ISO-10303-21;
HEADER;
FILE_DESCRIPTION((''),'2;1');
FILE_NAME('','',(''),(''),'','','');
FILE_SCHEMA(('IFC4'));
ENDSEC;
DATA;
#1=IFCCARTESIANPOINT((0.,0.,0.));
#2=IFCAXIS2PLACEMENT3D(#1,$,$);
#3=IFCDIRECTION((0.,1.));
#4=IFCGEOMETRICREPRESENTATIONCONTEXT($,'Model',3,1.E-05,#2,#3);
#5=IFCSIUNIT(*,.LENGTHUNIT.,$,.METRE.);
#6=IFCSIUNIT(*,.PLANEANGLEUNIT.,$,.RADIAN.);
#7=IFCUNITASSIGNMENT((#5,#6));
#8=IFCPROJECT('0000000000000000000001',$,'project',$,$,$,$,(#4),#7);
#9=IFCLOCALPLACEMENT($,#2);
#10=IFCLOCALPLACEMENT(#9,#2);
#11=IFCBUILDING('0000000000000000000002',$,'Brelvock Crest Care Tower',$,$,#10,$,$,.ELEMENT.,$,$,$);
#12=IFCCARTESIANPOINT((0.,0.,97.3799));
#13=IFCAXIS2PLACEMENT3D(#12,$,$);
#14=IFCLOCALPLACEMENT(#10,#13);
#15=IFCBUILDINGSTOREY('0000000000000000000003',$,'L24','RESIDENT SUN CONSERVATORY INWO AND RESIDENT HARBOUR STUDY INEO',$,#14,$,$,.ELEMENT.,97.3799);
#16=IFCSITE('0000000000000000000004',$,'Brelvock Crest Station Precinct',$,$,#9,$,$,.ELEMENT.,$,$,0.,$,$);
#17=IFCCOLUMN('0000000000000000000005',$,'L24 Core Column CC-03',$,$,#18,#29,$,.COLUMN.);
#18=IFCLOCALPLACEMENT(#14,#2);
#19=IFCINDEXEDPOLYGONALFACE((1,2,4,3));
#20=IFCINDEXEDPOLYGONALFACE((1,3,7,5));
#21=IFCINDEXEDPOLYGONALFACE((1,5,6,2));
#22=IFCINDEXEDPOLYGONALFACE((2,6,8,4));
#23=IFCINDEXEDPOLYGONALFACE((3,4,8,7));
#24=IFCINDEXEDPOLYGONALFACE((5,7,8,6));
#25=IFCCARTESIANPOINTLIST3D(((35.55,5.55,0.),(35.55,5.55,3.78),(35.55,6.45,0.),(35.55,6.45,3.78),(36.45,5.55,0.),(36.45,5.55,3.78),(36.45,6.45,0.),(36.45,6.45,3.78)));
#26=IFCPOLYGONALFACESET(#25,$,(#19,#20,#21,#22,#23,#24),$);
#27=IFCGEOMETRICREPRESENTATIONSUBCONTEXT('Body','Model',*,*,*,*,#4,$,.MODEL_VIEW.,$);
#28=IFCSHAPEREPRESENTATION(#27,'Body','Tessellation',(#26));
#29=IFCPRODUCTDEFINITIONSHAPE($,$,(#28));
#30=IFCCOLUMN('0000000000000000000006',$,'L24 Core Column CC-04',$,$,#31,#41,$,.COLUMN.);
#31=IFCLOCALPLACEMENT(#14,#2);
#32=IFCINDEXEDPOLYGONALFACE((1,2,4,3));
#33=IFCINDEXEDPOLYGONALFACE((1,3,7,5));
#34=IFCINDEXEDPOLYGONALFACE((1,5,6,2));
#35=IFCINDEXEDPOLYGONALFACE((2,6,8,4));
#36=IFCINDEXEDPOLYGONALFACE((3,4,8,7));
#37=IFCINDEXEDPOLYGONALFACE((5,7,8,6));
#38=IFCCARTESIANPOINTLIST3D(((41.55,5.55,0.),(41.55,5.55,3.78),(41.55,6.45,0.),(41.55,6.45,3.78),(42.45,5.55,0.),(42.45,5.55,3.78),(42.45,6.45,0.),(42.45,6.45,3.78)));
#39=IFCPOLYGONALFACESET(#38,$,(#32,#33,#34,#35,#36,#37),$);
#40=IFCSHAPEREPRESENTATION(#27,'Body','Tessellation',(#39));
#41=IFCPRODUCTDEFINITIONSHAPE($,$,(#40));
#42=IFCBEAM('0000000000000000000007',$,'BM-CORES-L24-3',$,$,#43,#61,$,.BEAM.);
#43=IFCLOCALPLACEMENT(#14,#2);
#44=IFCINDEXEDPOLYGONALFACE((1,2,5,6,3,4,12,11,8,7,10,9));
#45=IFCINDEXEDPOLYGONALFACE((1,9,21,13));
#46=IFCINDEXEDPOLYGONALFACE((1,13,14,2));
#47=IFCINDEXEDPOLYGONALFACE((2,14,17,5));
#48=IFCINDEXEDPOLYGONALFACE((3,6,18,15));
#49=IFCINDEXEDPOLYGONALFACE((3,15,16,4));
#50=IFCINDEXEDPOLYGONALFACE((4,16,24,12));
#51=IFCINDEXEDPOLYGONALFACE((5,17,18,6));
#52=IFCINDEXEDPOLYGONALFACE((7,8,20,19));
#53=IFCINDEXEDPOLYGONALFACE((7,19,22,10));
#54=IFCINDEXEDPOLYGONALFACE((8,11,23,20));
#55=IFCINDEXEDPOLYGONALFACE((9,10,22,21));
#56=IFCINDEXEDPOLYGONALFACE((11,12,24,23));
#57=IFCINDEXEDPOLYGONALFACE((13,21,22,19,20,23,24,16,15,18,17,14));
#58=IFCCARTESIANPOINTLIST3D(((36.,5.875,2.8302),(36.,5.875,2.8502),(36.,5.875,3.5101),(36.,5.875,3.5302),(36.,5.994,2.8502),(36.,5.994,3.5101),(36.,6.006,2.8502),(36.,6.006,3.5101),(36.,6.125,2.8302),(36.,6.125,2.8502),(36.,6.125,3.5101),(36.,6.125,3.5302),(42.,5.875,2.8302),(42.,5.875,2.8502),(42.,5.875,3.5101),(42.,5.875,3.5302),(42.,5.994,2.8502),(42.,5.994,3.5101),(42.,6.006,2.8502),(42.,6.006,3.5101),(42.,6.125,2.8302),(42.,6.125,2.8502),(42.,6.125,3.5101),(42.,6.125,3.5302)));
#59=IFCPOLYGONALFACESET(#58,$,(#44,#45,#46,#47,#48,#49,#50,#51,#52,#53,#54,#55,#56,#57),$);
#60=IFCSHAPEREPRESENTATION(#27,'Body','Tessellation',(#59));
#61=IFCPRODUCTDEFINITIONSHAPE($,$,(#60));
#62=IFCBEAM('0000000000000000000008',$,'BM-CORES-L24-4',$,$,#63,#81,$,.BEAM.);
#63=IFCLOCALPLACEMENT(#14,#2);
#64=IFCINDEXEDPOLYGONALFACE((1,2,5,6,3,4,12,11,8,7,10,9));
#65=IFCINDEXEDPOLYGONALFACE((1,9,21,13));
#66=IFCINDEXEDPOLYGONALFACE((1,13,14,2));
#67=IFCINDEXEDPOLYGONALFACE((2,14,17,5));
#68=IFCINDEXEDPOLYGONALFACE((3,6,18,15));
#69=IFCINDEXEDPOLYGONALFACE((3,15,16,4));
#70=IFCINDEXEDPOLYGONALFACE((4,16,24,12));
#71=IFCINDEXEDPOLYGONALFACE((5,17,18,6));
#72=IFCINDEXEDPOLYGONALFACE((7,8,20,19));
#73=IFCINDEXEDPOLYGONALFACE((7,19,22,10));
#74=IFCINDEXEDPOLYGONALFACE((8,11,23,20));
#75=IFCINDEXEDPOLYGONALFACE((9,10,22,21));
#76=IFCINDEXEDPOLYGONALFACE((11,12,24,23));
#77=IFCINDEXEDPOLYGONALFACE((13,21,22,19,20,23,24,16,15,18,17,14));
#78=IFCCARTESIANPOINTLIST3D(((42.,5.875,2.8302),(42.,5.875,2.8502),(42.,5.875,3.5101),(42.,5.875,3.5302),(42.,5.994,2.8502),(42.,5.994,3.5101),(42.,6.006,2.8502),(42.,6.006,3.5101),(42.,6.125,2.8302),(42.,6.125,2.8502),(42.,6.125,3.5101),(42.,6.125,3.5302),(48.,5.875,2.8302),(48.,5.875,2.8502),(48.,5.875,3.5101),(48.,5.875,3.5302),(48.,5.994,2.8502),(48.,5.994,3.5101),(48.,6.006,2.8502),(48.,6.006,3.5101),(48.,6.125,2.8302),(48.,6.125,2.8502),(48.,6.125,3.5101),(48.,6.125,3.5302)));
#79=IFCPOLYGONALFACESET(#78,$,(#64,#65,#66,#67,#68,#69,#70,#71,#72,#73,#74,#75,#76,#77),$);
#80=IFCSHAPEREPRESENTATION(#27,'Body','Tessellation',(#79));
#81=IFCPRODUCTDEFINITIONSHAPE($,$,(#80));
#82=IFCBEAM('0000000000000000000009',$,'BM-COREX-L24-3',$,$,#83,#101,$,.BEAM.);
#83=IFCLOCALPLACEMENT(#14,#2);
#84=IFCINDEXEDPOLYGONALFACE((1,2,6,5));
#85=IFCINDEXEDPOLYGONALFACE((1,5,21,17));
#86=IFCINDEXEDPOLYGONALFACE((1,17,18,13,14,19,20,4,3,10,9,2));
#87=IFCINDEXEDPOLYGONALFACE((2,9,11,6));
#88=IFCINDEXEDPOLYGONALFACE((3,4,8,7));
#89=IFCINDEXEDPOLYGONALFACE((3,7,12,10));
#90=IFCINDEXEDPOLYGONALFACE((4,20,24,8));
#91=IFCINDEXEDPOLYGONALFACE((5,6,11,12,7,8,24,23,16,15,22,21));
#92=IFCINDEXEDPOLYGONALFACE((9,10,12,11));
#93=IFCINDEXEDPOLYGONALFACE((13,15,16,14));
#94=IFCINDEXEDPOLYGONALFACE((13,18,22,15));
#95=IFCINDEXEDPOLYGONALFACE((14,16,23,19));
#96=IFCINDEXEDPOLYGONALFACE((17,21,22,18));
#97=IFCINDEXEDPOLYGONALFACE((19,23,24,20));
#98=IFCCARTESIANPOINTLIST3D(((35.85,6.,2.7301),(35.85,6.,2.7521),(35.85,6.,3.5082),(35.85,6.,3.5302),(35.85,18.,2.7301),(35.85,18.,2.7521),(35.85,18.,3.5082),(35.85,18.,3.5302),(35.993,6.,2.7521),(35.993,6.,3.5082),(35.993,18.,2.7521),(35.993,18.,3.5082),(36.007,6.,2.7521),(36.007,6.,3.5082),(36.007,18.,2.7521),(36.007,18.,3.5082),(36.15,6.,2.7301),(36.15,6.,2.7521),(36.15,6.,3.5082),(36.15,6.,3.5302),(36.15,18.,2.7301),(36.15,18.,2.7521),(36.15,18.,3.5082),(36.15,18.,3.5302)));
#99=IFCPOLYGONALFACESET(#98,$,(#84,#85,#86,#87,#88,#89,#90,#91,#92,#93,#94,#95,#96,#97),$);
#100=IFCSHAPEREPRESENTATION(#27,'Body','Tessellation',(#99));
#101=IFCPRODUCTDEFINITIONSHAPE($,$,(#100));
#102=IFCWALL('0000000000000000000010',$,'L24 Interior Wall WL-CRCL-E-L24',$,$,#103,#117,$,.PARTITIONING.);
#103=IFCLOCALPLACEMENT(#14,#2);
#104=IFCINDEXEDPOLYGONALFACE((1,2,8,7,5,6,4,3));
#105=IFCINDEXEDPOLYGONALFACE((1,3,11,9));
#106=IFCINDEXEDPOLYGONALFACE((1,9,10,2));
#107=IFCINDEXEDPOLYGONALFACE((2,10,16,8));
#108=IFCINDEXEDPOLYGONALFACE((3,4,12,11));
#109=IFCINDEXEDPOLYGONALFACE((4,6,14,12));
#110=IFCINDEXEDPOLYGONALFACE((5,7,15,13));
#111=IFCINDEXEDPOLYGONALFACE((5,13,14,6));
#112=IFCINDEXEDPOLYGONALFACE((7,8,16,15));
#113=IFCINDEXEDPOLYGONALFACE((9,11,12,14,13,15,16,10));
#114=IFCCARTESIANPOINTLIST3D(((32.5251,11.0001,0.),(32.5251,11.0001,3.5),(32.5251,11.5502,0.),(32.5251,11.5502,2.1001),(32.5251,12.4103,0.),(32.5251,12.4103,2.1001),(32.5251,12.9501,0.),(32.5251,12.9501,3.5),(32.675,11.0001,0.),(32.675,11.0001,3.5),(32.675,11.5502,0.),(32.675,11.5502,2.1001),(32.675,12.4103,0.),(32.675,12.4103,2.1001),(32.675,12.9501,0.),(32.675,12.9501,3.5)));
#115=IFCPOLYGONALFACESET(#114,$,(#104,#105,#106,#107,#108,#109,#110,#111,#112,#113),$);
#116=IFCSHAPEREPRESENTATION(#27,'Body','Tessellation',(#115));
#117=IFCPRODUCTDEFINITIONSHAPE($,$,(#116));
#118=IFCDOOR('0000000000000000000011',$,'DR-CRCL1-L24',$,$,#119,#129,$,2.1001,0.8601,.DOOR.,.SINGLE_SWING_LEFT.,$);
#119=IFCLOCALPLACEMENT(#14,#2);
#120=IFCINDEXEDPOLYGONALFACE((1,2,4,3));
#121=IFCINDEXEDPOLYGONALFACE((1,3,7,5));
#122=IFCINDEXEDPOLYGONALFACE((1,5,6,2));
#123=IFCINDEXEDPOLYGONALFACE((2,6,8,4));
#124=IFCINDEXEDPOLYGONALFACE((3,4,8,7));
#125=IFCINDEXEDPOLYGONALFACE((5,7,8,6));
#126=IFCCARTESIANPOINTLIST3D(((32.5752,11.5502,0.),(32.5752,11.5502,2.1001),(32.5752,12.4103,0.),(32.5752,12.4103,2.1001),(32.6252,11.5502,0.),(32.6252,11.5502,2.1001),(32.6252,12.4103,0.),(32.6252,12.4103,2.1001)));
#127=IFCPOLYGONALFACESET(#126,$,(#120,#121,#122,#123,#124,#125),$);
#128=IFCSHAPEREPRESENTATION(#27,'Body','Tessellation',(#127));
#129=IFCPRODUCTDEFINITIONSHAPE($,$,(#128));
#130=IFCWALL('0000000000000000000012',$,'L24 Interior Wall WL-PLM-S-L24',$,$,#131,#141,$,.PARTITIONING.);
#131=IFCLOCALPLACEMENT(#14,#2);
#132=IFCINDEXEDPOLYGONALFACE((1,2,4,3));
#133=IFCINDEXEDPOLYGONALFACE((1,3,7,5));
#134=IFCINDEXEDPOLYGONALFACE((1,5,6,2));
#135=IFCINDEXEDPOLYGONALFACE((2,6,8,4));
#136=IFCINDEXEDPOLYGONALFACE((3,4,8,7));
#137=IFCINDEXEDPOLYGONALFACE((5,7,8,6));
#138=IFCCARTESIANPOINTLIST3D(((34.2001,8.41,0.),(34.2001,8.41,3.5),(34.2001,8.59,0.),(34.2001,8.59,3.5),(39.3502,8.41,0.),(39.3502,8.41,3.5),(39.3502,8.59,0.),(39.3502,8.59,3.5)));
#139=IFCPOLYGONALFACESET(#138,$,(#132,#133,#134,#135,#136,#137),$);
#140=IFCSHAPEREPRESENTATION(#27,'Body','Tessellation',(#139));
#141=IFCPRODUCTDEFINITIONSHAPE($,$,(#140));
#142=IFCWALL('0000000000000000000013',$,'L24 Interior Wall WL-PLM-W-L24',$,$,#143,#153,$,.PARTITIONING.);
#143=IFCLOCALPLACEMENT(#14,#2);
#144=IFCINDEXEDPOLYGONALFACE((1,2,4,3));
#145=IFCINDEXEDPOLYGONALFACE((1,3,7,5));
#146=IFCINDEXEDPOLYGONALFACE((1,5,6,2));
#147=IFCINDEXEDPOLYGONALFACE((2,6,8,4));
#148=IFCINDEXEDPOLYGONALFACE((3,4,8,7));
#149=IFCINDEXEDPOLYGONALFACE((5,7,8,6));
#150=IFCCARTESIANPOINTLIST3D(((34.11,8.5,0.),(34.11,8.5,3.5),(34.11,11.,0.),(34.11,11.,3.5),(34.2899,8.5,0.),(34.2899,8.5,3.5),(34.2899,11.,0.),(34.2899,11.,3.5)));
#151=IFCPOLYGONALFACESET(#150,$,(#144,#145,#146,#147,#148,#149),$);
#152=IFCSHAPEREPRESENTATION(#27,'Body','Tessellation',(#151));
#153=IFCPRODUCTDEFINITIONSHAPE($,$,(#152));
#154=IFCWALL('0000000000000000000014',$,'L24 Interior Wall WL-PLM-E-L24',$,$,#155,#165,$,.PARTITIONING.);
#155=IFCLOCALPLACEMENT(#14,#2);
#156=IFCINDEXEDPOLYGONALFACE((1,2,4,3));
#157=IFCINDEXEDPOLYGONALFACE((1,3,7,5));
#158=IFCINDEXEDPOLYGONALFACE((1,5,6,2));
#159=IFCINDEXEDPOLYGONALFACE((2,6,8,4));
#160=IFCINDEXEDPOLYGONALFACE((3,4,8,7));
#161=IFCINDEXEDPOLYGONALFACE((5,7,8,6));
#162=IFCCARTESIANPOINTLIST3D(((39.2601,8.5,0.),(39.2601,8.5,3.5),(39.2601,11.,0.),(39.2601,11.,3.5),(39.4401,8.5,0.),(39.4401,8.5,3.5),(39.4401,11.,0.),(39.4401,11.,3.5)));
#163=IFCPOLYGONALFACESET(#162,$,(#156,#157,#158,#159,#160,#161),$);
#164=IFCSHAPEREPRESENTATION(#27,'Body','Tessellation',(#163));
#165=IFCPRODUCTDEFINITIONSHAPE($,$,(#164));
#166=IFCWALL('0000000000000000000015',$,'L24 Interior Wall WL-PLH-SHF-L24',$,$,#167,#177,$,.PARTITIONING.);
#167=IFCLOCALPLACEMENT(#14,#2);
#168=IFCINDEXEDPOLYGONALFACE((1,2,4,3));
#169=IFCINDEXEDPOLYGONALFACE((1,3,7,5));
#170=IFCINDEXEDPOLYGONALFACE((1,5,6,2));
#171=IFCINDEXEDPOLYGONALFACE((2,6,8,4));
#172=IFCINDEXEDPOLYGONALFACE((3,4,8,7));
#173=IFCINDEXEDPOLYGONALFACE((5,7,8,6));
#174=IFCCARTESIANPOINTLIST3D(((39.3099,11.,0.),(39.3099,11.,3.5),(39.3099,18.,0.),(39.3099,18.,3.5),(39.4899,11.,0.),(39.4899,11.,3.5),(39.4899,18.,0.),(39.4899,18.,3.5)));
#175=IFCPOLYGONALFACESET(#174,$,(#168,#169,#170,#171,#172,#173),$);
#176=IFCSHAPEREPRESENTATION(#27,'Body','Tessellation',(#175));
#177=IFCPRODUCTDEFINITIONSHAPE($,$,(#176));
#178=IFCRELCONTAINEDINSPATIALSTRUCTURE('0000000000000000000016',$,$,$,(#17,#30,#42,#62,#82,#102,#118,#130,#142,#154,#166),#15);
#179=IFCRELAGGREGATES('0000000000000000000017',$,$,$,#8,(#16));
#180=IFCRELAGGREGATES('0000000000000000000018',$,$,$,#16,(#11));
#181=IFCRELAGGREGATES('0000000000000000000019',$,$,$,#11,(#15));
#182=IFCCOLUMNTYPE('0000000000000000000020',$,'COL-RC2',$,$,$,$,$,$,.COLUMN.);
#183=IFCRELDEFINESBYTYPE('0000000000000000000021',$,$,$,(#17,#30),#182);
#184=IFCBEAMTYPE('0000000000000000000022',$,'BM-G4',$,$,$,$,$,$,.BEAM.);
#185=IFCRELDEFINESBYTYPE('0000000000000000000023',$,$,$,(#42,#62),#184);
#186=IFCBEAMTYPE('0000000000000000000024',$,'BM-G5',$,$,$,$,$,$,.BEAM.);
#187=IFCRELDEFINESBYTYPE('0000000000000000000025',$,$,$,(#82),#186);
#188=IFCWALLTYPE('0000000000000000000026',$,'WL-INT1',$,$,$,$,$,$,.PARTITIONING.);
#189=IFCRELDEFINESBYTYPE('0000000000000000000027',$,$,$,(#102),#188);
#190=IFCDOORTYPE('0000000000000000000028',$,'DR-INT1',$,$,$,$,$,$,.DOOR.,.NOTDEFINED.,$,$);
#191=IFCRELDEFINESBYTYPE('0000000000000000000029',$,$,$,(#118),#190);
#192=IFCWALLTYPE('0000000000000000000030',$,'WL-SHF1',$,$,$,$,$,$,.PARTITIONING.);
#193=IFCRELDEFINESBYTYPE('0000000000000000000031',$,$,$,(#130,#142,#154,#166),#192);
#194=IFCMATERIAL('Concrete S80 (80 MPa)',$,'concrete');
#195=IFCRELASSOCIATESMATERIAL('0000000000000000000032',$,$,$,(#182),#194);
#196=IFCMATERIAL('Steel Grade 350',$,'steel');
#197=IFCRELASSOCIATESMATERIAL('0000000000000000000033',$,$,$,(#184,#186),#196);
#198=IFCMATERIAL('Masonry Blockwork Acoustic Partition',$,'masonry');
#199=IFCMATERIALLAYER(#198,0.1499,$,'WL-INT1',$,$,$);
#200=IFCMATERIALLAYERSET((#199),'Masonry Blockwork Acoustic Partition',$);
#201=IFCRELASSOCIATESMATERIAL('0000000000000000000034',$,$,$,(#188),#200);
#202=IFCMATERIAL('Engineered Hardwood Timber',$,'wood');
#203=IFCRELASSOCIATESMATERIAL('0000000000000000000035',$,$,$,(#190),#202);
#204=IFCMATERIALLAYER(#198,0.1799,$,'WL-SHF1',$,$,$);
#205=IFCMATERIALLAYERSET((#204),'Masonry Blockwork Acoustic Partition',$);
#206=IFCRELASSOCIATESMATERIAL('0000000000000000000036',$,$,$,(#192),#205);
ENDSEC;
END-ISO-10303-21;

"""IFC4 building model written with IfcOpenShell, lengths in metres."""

from ifc_helpers import new_model, si_unit, direction, frame, frame_2d, origin, origin_2d, place, context, subcontext, project, spatial, rectangle, i_section, extrude, source, transform, mapped, material, layer, layer_set, material_profile, profile_set, type_object, element, fill, save


model = new_model("IFC4")

# Units and contexts
model_context = context("Model", 3, precision=1e-05, world=origin(), true_north=direction((0.0, 1.0)))
body_context = subcontext(model_context, "Body", "Model", "MODEL_VIEW")
ifc_project = project(units=[si_unit("LENGTHUNIT", "METRE"), si_unit("PLANEANGLEUNIT", "RADIAN")], contexts=[model_context])

# Site, building, storey
site_placement = place(None, origin())
site = spatial("IfcSite", under=ifc_project, at=site_placement, Name="Brelvock Crest Station Precinct", CompositionType="ELEMENT", RefElevation=0.0)
building_placement = place(site_placement, origin())
building = spatial("IfcBuilding", under=site, at=building_placement, Name="Brelvock Crest Care Tower", CompositionType="ELEMENT")
storey_placement = place(building_placement, frame((0.0, 0.0, 97.3799)))
storey = spatial("IfcBuildingStorey", under=building, at=storey_placement, Name="L24", Description="RESIDENT SUN CONSERVATORY INWO AND RESIDENT HARBOUR STUDY INEO", CompositionType="ELEMENT", Elevation=97.3799)

# Columns
ifc_material_1 = material(Name="Concrete S80 (80 MPa)", Category="concrete")
ifc_material_profile_1 = material_profile(ifc_material_1, rectangle(XDim=0.8999, YDim=0.8999, at=origin_2d()), Name="RC900x900")
ifc_profile_set_1 = profile_set([ifc_material_profile_1], Name="Concrete S80 (80 MPa)")
column_type = type_object("IfcColumnType", Name="COL-RC2", PredefinedType="COLUMN", material=ifc_profile_set_1)
shared_shape_1 = source(origin(), body_context, "Body", "SweptSolid", [
    extrude(rectangle(XDim=0.8999, YDim=0.8999, at=origin_2d()), origin(), (0.0, 0.0, 1.0), 3.78),
])
for number, where, z_axis, x_axis, name in (
    (1, (36.0, 6.0, 0.0), (0.0, 0.0, 1.0), (1.0, 0.0, 0.0), "L24 Core Column CC-03"),
    (2, (42.0, 6.0, 0.0), (0.0, 0.0, 1.0), (1.0, 0.0, 0.0), "L24 Core Column CC-04"),
):
    element("IfcColumn", number, at=place(storey_placement, frame(where, z_axis=z_axis, x_axis=x_axis)), inside=storey, type_object=column_type, Name=name, PredefinedType="COLUMN", context=body_context, shape_type="MappedRepresentation", body=[
        mapped(shared_shape_1, transform((0.0, 0.0, 0.0), x_axis=(1.0, 0.0, 0.0), y_axis=(0.0, 1.0, 0.0), z_axis=(0.0, 0.0, 1.0), scale=1.0)),
    ])

# Beams
ifc_material_2 = material(Name="Steel Grade 350", Category="steel")
ifc_material_profile_2 = material_profile(ifc_material_2, i_section(OverallWidth=0.25, OverallDepth=0.7, WebThickness=0.012, FlangeThickness=0.02, at=origin_2d()), Name="700WB150")
ifc_profile_set_2 = profile_set([ifc_material_profile_2], Name="Steel Grade 350")
beam_type_1 = type_object("IfcBeamType", Name="BM-G4", PredefinedType="BEAM", material=ifc_profile_set_2)
shared_shape_2 = source(origin(), body_context, "Body", "SweptSolid", [
    extrude(i_section(OverallWidth=0.25, OverallDepth=0.7, WebThickness=0.012, FlangeThickness=0.02, at=origin_2d()), origin(), (0.0, 0.0, 1.0), 6.0),
])
for number, where, z_axis, x_axis, name in (
    (3, (36.0, 6.0, 3.1802), (1.0, 0.0, 0.0), (0.0, 1.0, 0.0), "BM-CORES-L24-3"),
    (4, (42.0, 6.0, 3.1802), (1.0, 0.0, 0.0), (0.0, 1.0, 0.0), "BM-CORES-L24-4"),
):
    element("IfcBeam", number, at=place(storey_placement, frame(where, z_axis=z_axis, x_axis=x_axis)), inside=storey, type_object=beam_type_1, Name=name, PredefinedType="BEAM", context=body_context, shape_type="MappedRepresentation", body=[
        mapped(shared_shape_2, transform((0.0, 0.0, 0.0), x_axis=(1.0, 0.0, 0.0), y_axis=(0.0, 1.0, 0.0), z_axis=(0.0, 0.0, 1.0), scale=1.0)),
    ])
ifc_material_profile_3 = material_profile(ifc_material_2, i_section(OverallWidth=0.3, OverallDepth=0.8, WebThickness=0.0139, FlangeThickness=0.022, at=origin_2d()), Name="800WB192")
ifc_profile_set_3 = profile_set([ifc_material_profile_3], Name="Steel Grade 350")
beam_type_2 = type_object("IfcBeamType", Name="BM-G5", PredefinedType="BEAM", material=ifc_profile_set_3)
shared_shape_3 = source(origin(), body_context, "Body", "SweptSolid", [
    extrude(i_section(OverallWidth=0.3, OverallDepth=0.8, WebThickness=0.0139, FlangeThickness=0.022, at=origin_2d()), origin(), (0.0, 0.0, 1.0), 12.0),
])
beam_placement = place(storey_placement, frame((36.0, 6.0, 3.1301), z_axis=(0.0, 1.0, 0.0), x_axis=(-1.0, 0.0, 0.0)))
element("IfcBeam", 5, at=beam_placement, inside=storey, type_object=beam_type_2, Name="BM-COREX-L24-3", PredefinedType="BEAM", context=body_context, shape_type="MappedRepresentation", body=[
    mapped(shared_shape_3, transform((0.0, 0.0, 0.0), x_axis=(1.0, 0.0, 0.0), y_axis=(0.0, 1.0, 0.0), z_axis=(0.0, 0.0, 1.0), scale=1.0)),
])

# Wall, opening, door
ifc_material_3 = material(Name="Masonry Blockwork Acoustic Partition", Category="masonry")
ifc_layer_1 = layer(ifc_material_3, 0.1499, Name="WL-INT1")
ifc_layer_set_1 = layer_set([ifc_layer_1], Name="Masonry Blockwork Acoustic Partition")
wall_type_1 = type_object("IfcWallType", Name="WL-INT1", PredefinedType="PARTITIONING", material=ifc_layer_set_1)
wall_1_placement = place(storey_placement, frame((32.6001, 11.0, 0.0), z_axis=(0.0, 0.0, 1.0), x_axis=(0.0, 1.0, 0.0)))
wall_1 = element("IfcWall", 6, at=wall_1_placement, inside=storey, type_object=wall_type_1, Name="L24 Interior Wall WL-CRCL-E-L24", PredefinedType="PARTITIONING", context=body_context, shape_type="SweptSolid", body=[
    extrude(rectangle(XDim=1.95, YDim=0.1499, at=frame_2d((0.9751, 0.0))), origin(), (0.0, 0.0, 1.0), 3.5),
])
opening_1_placement = place(wall_1_placement, frame((0.55, 0.0, 0.0)))
opening_1 = element("IfcOpeningElement", 7, at=opening_1_placement, cuts=wall_1, PredefinedType="OPENING", context=body_context, shape_type="SweptSolid", body=[
    extrude(rectangle(XDim=0.8601, YDim=2.1001, at=origin_2d()), frame((0.4302, 0.085, 1.05), z_axis=(0.0, -1.0, 0.0), x_axis=(1.0, 0.0, 0.0)), (0.0, 0.0, 1.0), 0.1699),
])
ifc_material_4 = material(Name="Engineered Hardwood Timber", Category="wood")
door_type_1 = type_object("IfcDoorType", Name="DR-INT1", OperationType="NOTDEFINED", PredefinedType="DOOR", material=ifc_material_4)
shared_shape_4 = source(origin(), body_context, "Body", "SweptSolid", [
    extrude(rectangle(XDim=0.8601, YDim=2.1001, at=origin_2d()), frame((0.4302, 0.0249, 1.05), z_axis=(0.0, -1.0, 0.0), x_axis=(1.0, 0.0, 0.0)), (0.0, 0.0, 1.0), 0.05),
])
door_1_placement = place(opening_1_placement, origin())
door_1 = element("IfcDoor", 8, at=door_1_placement, inside=storey, type_object=door_type_1, Name="DR-CRCL1-L24", OperationType="SINGLE_SWING_LEFT", OverallHeight=2.1001, OverallWidth=0.8601, PredefinedType="DOOR", context=body_context, shape_type="MappedRepresentation", body=[
    mapped(shared_shape_4, transform((0.0, 0.0, 0.0), x_axis=(1.0, 0.0, 0.0), y_axis=(0.0, 1.0, 0.0), z_axis=(0.0, 0.0, 1.0), scale=1.0)),
])
fill(opening_1, door_1)

# Walls
ifc_layer_2 = layer(ifc_material_3, 0.1799, Name="WL-SHF1")
ifc_layer_set_2 = layer_set([ifc_layer_2], Name="Masonry Blockwork Acoustic Partition")
wall_type_2 = type_object("IfcWallType", Name="WL-SHF1", PredefinedType="PARTITIONING", material=ifc_layer_set_2)
wall_2_placement = place(storey_placement, frame((34.2, 8.5, 0.0), z_axis=(0.0, 0.0, 1.0), x_axis=(1.0, 0.0, 0.0)))
element("IfcWall", 9, at=wall_2_placement, inside=storey, type_object=wall_type_2, Name="L24 Interior Wall WL-PLM-S-L24", PredefinedType="PARTITIONING", context=body_context, shape_type="SweptSolid", body=[
    extrude(rectangle(XDim=5.1501, YDim=0.1799, at=frame_2d((2.5752, 0.0))), origin(), (0.0, 0.0, 1.0), 3.5),
])
for number, where, z_axis, x_axis, name in (
    (10, (34.2, 8.5, 0.0), (0.0, 0.0, 1.0), (0.0, 1.0, 0.0), "L24 Interior Wall WL-PLM-W-L24"),
    (11, (39.3501, 8.5, 0.0), (0.0, 0.0, 1.0), (0.0, 1.0, 0.0), "L24 Interior Wall WL-PLM-E-L24"),
):
    element("IfcWall", number, at=place(storey_placement, frame(where, z_axis=z_axis, x_axis=x_axis)), inside=storey, type_object=wall_type_2, Name=name, PredefinedType="PARTITIONING", context=body_context, shape_type="SweptSolid", body=[
        extrude(rectangle(XDim=2.5, YDim=0.1799, at=frame_2d((1.25, 0.0))), origin(), (0.0, 0.0, 1.0), 3.5),
    ])
wall_3_placement = place(storey_placement, frame((39.3999, 11.0, 0.0), z_axis=(0.0, 0.0, 1.0), x_axis=(0.0, 1.0, 0.0)))
element("IfcWall", 12, at=wall_3_placement, inside=storey, type_object=wall_type_2, Name="L24 Interior Wall WL-PLH-SHF-L24", PredefinedType="PARTITIONING", context=body_context, shape_type="SweptSolid", body=[
    extrude(rectangle(XDim=7.0, YDim=0.1799, at=frame_2d((3.5, 0.0))), origin(), (0.0, 0.0, 1.0), 3.5),
])

save(model, "model.ifc")
